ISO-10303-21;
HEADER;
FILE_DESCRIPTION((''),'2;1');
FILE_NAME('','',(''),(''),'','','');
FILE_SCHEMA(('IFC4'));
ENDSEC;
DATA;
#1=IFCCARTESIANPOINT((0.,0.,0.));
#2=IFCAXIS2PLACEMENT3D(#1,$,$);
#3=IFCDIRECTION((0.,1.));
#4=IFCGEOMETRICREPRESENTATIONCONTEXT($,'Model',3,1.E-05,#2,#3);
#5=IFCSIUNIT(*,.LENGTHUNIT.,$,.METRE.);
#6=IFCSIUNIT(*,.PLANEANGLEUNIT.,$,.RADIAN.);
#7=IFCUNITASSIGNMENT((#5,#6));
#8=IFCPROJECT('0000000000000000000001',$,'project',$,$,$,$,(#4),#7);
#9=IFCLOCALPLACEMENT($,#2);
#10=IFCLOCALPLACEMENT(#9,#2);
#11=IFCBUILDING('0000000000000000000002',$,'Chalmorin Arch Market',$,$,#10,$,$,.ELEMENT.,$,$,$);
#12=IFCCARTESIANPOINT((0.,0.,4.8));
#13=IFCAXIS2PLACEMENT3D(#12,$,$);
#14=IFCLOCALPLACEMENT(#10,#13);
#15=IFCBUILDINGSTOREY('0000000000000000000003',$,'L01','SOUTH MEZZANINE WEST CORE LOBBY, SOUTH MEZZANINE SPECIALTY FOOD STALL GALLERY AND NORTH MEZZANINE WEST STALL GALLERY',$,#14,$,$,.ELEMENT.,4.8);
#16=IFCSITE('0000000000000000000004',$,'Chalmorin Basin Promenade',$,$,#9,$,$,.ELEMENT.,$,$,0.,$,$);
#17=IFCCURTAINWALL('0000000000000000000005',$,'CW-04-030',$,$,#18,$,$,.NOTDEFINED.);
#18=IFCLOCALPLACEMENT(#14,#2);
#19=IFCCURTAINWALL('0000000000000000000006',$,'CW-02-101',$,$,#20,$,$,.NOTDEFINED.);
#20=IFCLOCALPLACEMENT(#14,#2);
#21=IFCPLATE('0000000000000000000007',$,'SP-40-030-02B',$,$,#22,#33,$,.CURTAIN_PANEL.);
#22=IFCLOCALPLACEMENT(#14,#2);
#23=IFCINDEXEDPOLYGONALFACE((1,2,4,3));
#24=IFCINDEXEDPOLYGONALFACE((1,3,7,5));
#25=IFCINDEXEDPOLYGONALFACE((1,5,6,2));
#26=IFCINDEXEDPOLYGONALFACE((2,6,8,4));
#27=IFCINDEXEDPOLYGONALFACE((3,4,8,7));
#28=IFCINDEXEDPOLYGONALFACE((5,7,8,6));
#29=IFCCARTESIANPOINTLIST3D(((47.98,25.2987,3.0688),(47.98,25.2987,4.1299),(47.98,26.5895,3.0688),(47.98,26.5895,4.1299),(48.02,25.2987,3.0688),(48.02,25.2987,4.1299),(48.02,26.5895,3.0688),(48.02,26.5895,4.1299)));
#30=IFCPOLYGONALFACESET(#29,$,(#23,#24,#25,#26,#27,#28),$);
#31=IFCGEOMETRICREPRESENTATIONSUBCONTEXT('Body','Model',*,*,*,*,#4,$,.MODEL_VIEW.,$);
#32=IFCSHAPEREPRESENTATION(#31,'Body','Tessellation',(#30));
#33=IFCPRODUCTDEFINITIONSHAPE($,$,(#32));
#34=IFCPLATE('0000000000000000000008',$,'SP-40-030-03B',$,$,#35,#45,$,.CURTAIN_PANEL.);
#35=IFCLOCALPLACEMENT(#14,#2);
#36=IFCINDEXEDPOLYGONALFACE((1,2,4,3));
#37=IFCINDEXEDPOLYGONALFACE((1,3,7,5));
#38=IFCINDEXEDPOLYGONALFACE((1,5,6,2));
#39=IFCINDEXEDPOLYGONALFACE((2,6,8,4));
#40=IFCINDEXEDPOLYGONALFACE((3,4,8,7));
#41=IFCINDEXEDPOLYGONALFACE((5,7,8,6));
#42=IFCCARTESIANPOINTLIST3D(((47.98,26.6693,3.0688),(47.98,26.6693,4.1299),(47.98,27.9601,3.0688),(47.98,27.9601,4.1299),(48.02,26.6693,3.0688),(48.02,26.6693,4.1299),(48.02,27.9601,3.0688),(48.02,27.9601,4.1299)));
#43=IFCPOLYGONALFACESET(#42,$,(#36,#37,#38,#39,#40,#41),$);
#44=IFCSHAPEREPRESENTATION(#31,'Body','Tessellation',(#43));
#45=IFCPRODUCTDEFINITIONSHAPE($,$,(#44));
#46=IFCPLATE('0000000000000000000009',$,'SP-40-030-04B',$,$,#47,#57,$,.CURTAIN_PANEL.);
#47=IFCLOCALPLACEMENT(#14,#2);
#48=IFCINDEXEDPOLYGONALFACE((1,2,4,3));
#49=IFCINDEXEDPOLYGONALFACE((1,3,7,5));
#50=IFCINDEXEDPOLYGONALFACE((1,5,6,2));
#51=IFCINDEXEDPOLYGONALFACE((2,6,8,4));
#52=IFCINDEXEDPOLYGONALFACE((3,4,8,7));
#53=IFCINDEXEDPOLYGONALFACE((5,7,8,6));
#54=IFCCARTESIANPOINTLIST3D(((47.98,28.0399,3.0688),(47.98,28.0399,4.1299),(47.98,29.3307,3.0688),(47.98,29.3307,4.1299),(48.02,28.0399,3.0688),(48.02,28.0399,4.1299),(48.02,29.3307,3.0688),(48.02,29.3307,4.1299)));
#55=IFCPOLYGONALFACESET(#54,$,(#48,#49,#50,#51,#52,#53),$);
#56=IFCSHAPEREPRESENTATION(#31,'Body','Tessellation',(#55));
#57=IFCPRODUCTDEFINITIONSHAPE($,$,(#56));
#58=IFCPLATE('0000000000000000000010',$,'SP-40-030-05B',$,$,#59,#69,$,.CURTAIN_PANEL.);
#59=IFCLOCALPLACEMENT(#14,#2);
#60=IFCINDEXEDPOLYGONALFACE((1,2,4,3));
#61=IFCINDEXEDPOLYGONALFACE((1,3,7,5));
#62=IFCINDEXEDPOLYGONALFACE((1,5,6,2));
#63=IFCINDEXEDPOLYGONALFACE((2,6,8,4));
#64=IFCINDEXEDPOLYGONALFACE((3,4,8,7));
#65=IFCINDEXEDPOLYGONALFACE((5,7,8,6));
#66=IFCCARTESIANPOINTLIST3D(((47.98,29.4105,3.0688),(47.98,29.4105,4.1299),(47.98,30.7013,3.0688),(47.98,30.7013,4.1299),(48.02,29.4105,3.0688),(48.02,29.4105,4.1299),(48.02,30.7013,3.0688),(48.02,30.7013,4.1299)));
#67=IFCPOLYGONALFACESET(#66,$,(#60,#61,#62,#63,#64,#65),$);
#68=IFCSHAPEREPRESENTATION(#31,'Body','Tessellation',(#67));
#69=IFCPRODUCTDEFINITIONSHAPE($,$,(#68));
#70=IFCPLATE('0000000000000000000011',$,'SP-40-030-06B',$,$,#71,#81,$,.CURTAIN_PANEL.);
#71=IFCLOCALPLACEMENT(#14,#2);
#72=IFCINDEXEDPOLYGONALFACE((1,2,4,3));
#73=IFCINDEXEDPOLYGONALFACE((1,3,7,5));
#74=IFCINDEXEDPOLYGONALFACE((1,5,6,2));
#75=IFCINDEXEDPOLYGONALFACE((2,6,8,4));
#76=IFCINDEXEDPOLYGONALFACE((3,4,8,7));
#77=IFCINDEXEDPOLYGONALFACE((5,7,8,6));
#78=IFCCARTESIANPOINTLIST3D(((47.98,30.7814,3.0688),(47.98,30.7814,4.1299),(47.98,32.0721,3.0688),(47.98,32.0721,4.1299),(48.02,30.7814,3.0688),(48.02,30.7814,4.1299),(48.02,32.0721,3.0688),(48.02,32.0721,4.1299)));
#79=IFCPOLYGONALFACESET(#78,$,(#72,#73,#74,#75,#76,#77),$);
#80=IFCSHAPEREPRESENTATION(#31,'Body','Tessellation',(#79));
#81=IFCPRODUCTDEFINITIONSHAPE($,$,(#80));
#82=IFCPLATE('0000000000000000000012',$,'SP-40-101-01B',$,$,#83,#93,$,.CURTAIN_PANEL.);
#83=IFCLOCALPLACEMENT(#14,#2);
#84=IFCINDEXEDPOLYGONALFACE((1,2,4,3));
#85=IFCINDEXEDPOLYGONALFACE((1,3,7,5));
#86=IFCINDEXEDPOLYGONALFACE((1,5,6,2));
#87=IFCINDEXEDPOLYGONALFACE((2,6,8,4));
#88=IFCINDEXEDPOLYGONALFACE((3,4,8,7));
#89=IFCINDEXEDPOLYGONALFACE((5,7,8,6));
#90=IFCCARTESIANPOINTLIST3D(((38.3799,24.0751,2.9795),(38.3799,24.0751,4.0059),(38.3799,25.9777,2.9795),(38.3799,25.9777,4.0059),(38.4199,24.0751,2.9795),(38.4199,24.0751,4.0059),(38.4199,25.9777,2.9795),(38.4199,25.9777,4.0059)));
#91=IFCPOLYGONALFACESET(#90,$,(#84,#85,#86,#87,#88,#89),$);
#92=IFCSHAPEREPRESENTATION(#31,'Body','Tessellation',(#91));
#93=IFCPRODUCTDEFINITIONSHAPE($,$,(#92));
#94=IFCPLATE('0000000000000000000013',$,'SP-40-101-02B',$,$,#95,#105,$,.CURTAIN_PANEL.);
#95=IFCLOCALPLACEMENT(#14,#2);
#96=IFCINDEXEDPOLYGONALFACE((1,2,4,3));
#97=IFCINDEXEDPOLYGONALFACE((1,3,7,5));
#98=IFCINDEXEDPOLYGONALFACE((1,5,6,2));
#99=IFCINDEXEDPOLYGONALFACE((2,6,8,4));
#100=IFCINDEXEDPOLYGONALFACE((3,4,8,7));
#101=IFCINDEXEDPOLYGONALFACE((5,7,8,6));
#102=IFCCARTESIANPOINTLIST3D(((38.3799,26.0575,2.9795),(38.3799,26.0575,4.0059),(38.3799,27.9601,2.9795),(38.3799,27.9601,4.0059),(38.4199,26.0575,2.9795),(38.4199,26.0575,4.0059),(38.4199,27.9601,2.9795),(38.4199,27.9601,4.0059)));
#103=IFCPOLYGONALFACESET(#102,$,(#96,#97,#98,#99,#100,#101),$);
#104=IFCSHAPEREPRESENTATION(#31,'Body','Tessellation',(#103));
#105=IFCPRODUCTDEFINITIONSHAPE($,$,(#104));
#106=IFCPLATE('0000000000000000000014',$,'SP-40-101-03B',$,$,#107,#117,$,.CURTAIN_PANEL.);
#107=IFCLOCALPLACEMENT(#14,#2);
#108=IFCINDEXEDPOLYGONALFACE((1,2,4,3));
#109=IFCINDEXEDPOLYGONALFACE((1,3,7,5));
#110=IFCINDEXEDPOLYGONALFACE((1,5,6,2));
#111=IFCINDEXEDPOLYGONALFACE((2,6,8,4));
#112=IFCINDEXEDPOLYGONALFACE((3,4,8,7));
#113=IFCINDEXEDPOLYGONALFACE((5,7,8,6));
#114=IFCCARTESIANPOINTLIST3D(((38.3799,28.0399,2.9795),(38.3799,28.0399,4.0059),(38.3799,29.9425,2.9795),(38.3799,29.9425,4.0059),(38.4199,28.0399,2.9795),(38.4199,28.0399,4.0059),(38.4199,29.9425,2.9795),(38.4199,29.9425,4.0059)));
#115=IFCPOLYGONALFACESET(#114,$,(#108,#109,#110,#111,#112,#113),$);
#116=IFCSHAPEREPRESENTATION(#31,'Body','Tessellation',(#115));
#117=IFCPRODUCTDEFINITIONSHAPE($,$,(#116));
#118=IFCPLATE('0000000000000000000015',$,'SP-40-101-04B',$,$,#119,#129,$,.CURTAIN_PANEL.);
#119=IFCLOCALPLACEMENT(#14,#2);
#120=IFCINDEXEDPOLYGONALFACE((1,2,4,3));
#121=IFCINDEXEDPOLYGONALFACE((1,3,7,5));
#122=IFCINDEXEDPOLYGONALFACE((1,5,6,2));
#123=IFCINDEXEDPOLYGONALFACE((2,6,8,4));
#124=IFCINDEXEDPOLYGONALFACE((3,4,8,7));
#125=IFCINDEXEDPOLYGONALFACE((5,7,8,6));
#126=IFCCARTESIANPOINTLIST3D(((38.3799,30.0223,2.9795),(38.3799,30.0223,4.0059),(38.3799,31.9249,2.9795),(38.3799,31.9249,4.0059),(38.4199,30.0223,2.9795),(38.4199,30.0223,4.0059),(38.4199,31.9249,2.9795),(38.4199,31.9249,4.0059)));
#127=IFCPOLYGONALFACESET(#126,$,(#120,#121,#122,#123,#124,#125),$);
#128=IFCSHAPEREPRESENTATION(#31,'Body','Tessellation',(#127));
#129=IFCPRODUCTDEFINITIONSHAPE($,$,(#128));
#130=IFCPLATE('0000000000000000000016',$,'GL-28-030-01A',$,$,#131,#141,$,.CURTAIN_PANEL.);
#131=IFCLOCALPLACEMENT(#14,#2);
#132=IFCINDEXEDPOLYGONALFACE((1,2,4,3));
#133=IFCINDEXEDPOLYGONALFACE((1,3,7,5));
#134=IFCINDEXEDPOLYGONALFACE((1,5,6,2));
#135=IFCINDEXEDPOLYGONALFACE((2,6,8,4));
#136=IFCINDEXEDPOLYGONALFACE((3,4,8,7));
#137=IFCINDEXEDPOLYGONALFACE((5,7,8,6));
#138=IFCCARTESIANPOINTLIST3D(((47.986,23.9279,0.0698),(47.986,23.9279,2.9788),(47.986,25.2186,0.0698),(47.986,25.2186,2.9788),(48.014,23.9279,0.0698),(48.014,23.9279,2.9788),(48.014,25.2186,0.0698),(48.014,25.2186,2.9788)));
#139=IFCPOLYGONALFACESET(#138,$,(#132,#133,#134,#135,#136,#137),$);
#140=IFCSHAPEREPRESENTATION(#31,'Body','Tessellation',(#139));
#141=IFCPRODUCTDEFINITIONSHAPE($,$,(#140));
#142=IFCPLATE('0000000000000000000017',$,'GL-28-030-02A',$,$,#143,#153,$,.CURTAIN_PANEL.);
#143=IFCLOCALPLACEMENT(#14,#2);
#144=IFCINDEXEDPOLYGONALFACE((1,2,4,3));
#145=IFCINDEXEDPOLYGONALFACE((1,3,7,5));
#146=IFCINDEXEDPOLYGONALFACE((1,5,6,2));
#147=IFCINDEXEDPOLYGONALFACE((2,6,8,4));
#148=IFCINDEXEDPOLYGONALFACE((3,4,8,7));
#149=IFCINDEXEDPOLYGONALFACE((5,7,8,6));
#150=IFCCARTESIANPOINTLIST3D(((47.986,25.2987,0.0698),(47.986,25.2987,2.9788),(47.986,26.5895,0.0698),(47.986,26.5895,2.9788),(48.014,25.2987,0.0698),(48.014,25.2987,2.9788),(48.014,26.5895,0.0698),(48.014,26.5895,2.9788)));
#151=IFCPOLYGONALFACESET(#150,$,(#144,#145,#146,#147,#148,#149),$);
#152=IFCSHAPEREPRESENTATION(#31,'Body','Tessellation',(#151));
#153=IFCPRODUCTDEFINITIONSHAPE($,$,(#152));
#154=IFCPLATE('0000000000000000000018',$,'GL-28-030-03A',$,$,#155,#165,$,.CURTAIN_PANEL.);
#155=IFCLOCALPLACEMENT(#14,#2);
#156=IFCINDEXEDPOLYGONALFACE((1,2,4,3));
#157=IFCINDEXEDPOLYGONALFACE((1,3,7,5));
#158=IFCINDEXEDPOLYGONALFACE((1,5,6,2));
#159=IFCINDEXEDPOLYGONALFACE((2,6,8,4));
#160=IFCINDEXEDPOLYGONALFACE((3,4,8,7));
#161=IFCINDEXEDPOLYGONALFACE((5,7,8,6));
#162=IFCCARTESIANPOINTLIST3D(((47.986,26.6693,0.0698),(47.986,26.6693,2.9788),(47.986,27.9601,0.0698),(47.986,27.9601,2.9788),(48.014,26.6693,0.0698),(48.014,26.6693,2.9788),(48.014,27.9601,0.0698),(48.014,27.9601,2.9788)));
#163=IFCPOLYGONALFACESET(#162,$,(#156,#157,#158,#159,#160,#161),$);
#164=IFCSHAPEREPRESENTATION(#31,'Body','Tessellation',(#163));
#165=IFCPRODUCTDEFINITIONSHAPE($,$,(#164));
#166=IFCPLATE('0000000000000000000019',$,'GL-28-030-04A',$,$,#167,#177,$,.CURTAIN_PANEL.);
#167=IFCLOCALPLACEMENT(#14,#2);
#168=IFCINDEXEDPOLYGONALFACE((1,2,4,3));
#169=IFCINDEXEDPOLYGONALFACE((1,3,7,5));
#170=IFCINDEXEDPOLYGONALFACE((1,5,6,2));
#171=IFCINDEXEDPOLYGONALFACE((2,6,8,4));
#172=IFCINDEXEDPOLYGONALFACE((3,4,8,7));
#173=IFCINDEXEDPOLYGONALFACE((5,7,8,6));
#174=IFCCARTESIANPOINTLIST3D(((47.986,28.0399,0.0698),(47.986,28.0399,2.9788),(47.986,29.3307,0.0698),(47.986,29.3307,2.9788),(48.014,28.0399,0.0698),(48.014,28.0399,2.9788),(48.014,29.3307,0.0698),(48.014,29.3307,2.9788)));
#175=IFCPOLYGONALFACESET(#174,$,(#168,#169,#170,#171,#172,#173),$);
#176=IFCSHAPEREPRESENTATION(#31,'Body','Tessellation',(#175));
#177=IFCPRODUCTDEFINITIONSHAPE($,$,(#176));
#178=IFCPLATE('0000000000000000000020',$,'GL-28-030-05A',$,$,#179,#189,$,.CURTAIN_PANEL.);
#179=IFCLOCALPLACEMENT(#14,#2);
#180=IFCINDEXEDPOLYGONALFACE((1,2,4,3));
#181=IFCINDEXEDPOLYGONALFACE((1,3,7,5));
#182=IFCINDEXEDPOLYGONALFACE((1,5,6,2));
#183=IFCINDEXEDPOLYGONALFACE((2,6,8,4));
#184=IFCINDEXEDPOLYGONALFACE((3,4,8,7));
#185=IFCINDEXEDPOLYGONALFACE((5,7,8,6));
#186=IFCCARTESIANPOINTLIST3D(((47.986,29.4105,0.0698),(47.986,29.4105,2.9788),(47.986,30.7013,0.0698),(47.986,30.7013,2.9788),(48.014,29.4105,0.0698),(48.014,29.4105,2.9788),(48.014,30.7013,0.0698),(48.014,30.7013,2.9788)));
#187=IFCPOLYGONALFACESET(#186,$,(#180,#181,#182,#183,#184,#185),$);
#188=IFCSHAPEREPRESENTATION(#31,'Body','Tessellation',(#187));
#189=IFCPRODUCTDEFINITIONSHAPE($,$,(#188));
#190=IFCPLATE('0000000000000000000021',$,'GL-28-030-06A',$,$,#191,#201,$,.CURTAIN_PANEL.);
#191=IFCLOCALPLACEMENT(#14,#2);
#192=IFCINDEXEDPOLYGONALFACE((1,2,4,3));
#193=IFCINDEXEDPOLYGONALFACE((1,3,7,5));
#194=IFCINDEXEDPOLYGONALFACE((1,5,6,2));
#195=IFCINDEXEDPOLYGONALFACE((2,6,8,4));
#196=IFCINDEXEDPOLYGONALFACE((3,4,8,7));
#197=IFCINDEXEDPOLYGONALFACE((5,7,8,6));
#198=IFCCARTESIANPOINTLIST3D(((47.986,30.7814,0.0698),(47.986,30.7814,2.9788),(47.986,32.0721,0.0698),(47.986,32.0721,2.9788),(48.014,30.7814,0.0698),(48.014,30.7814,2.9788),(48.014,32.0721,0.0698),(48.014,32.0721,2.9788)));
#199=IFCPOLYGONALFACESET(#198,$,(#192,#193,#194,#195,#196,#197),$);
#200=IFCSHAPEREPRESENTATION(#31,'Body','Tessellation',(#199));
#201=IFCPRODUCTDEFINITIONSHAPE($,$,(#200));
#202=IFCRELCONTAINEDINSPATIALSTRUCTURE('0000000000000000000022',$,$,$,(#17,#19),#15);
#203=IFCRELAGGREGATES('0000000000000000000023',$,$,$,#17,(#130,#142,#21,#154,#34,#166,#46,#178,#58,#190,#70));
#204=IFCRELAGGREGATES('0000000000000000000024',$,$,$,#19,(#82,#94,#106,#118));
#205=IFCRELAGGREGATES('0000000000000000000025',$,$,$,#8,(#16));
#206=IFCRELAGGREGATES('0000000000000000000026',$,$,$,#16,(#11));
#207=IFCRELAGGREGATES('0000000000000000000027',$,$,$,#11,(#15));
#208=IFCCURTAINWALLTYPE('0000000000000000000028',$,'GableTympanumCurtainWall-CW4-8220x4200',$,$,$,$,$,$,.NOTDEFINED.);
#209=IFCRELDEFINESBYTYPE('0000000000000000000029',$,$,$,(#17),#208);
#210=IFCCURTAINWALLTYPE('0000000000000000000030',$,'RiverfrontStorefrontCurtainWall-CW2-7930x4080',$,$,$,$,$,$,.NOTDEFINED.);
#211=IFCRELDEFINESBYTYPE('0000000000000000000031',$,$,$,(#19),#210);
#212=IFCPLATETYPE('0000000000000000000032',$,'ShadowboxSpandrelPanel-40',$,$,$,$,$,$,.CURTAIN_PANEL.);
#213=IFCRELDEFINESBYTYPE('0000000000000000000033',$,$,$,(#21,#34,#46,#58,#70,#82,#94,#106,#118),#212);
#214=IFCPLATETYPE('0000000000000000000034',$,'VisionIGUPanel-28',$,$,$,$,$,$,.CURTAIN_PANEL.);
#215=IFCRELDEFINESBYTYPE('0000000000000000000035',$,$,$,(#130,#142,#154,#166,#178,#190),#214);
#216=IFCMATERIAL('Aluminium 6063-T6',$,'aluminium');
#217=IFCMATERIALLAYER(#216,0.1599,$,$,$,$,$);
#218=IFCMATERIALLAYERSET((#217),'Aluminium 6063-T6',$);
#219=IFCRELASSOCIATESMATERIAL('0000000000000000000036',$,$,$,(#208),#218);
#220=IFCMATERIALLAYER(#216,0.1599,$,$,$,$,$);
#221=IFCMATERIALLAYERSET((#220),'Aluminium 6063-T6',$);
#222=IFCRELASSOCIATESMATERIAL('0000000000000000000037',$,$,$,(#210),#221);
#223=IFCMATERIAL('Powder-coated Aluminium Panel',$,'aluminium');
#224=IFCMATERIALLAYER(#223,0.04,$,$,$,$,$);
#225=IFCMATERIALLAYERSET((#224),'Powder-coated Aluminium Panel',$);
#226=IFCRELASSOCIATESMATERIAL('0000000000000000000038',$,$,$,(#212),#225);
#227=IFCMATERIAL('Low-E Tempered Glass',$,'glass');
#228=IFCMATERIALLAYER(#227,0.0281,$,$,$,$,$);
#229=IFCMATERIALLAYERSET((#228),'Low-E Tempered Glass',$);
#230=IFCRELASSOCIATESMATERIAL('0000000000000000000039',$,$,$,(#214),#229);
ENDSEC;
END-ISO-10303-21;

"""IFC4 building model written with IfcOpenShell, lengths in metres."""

from ifc_helpers import new_model, si_unit, direction, frame, origin, origin_2d, place, context, subcontext, project, spatial, rectangle, extrude, material, layer, layer_set, type_object, element, aggregate, save


model = new_model("IFC4")

# Units and contexts
model_context = context("Model", 3, precision=1e-05, world=origin(), true_north=direction((0.0, 1.0)))
body_context = subcontext(model_context, "Body", "Model", "MODEL_VIEW")
ifc_project = project(units=[si_unit("LENGTHUNIT", "METRE"), si_unit("PLANEANGLEUNIT", "RADIAN")], contexts=[model_context])

# Site, building, storey
site_placement = place(None, origin())
site = spatial("IfcSite", under=ifc_project, at=site_placement, Name="Chalmorin Basin Promenade", CompositionType="ELEMENT", RefElevation=0.0)
building_placement = place(site_placement, origin())
building = spatial("IfcBuilding", under=site, at=building_placement, Name="Chalmorin Arch Market", CompositionType="ELEMENT")
storey_placement = place(building_placement, frame((0.0, 0.0, 4.8)))
storey = spatial("IfcBuildingStorey", under=building, at=storey_placement, Name="L01", Description="SOUTH MEZZANINE WEST CORE LOBBY, SOUTH MEZZANINE SPECIALTY FOOD STALL GALLERY AND NORTH MEZZANINE WEST STALL GALLERY", CompositionType="ELEMENT", Elevation=4.8)

# Curtain walls
ifc_material_1 = material(Name="Aluminium 6063-T6", Category="aluminium")
ifc_layer_1 = layer(ifc_material_1, 0.1599)
ifc_layer_set_1 = layer_set([ifc_layer_1], Name="Aluminium 6063-T6")
curtain_wall_type_1 = type_object("IfcCurtainWallType", Name="GableTympanumCurtainWall-CW4-8220x4200", PredefinedType="NOTDEFINED", material=ifc_layer_set_1)
curtain_wall_1_placement = place(storey_placement, origin())
curtain_wall_1 = element("IfcCurtainWall", 1, at=curtain_wall_1_placement, inside=storey, type_object=curtain_wall_type_1, Name="CW-04-030", PredefinedType="NOTDEFINED")
ifc_layer_2 = layer(ifc_material_1, 0.1599)
ifc_layer_set_2 = layer_set([ifc_layer_2], Name="Aluminium 6063-T6")
curtain_wall_type_2 = type_object("IfcCurtainWallType", Name="RiverfrontStorefrontCurtainWall-CW2-7930x4080", PredefinedType="NOTDEFINED", material=ifc_layer_set_2)
curtain_wall_2_placement = place(storey_placement, origin())
curtain_wall_2 = element("IfcCurtainWall", 2, at=curtain_wall_2_placement, inside=storey, type_object=curtain_wall_type_2, Name="CW-02-101", PredefinedType="NOTDEFINED")

# Plates
ifc_material_2 = material(Name="Powder-coated Aluminium Panel", Category="aluminium")
ifc_layer_3 = layer(ifc_material_2, 0.04)
ifc_layer_set_3 = layer_set([ifc_layer_3], Name="Powder-coated Aluminium Panel")
plate_type_1 = type_object("IfcPlateType", Name="ShadowboxSpandrelPanel-40", PredefinedType="CURTAIN_PANEL", material=ifc_layer_set_3)
plate_1_placement = place(storey_placement, frame((48.0, 25.9441, 3.0688), z_axis=(0.0, 0.0, 1.0), x_axis=(0.0, 1.0, 0.0)))
plate_1 = element("IfcPlate", 3, at=plate_1_placement, type_object=plate_type_1, Name="SP-40-030-02B", PredefinedType="CURTAIN_PANEL", context=body_context, shape_type="SweptSolid", body=[
    extrude(rectangle(XDim=1.2908, YDim=0.04, at=origin_2d()), origin(), (0.0, 0.0, 1.0), 1.061),
])
plate_2_placement = place(storey_placement, frame((48.0, 27.3147, 3.0688), z_axis=(0.0, 0.0, 1.0), x_axis=(0.0, 1.0, 0.0)))
plate_2 = element("IfcPlate", 4, at=plate_2_placement, type_object=plate_type_1, Name="SP-40-030-03B", PredefinedType="CURTAIN_PANEL", context=body_context, shape_type="SweptSolid", body=[
    extrude(rectangle(XDim=1.2908, YDim=0.04, at=origin_2d()), origin(), (0.0, 0.0, 1.0), 1.061),
])
plate_3_placement = place(storey_placement, frame((48.0, 28.6853, 3.0688), z_axis=(0.0, 0.0, 1.0), x_axis=(0.0, 1.0, 0.0)))
plate_3 = element("IfcPlate", 5, at=plate_3_placement, type_object=plate_type_1, Name="SP-40-030-04B", PredefinedType="CURTAIN_PANEL", context=body_context, shape_type="SweptSolid", body=[
    extrude(rectangle(XDim=1.2908, YDim=0.04, at=origin_2d()), origin(), (0.0, 0.0, 1.0), 1.061),
])
plate_4_placement = place(storey_placement, frame((48.0, 30.0559, 3.0688), z_axis=(0.0, 0.0, 1.0), x_axis=(0.0, 1.0, 0.0)))
plate_4 = element("IfcPlate", 6, at=plate_4_placement, type_object=plate_type_1, Name="SP-40-030-05B", PredefinedType="CURTAIN_PANEL", context=body_context, shape_type="SweptSolid", body=[
    extrude(rectangle(XDim=1.2908, YDim=0.04, at=origin_2d()), origin(), (0.0, 0.0, 1.0), 1.061),
])
plate_5_placement = place(storey_placement, frame((48.0, 31.4268, 3.0688), z_axis=(0.0, 0.0, 1.0), x_axis=(0.0, 1.0, 0.0)))
plate_5 = element("IfcPlate", 7, at=plate_5_placement, type_object=plate_type_1, Name="SP-40-030-06B", PredefinedType="CURTAIN_PANEL", context=body_context, shape_type="SweptSolid", body=[
    extrude(rectangle(XDim=1.2908, YDim=0.04, at=origin_2d()), origin(), (0.0, 0.0, 1.0), 1.061),
])
plate_6_placement = place(storey_placement, frame((38.3999, 25.0264, 2.9795), z_axis=(0.0, 0.0, 1.0), x_axis=(0.0, 1.0, 0.0)))
plate_6 = element("IfcPlate", 8, at=plate_6_placement, type_object=plate_type_1, Name="SP-40-101-01B", PredefinedType="CURTAIN_PANEL", context=body_context, shape_type="SweptSolid", body=[
    extrude(rectangle(XDim=1.9026, YDim=0.04, at=origin_2d()), origin(), (0.0, 0.0, 1.0), 1.0264),
])
plate_7_placement = place(storey_placement, frame((38.3999, 27.0088, 2.9795), z_axis=(0.0, 0.0, 1.0), x_axis=(0.0, 1.0, 0.0)))
plate_7 = element("IfcPlate", 9, at=plate_7_placement, type_object=plate_type_1, Name="SP-40-101-02B", PredefinedType="CURTAIN_PANEL", context=body_context, shape_type="SweptSolid", body=[
    extrude(rectangle(XDim=1.9026, YDim=0.04, at=origin_2d()), origin(), (0.0, 0.0, 1.0), 1.0264),
])
plate_8_placement = place(storey_placement, frame((38.3999, 28.9912, 2.9795), z_axis=(0.0, 0.0, 1.0), x_axis=(0.0, 1.0, 0.0)))
plate_8 = element("IfcPlate", 10, at=plate_8_placement, type_object=plate_type_1, Name="SP-40-101-03B", PredefinedType="CURTAIN_PANEL", context=body_context, shape_type="SweptSolid", body=[
    extrude(rectangle(XDim=1.9026, YDim=0.04, at=origin_2d()), origin(), (0.0, 0.0, 1.0), 1.0264),
])
plate_9_placement = place(storey_placement, frame((38.3999, 30.9736, 2.9795), z_axis=(0.0, 0.0, 1.0), x_axis=(0.0, 1.0, 0.0)))
plate_9 = element("IfcPlate", 11, at=plate_9_placement, type_object=plate_type_1, Name="SP-40-101-04B", PredefinedType="CURTAIN_PANEL", context=body_context, shape_type="SweptSolid", body=[
    extrude(rectangle(XDim=1.9026, YDim=0.04, at=origin_2d()), origin(), (0.0, 0.0, 1.0), 1.0264),
])
ifc_material_3 = material(Name="Low-E Tempered Glass", Category="glass")
ifc_layer_4 = layer(ifc_material_3, 0.0281)
ifc_layer_set_4 = layer_set([ifc_layer_4], Name="Low-E Tempered Glass")
plate_type_2 = type_object("IfcPlateType", Name="VisionIGUPanel-28", PredefinedType="CURTAIN_PANEL", material=ifc_layer_set_4)
plate_10_placement = place(storey_placement, frame((48.0, 24.5732, 0.0698), z_axis=(0.0, 0.0, 1.0), x_axis=(0.0, 1.0, 0.0)))
plate_10 = element("IfcPlate", 12, at=plate_10_placement, type_object=plate_type_2, Name="GL-28-030-01A", PredefinedType="CURTAIN_PANEL", context=body_context, shape_type="SweptSolid", body=[
    extrude(rectangle(XDim=1.2908, YDim=0.0281, at=origin_2d()), origin(), (0.0, 0.0, 1.0), 2.9089),
])
plate_11_placement = place(storey_placement, frame((48.0, 25.9441, 0.0698), z_axis=(0.0, 0.0, 1.0), x_axis=(0.0, 1.0, 0.0)))
plate_11 = element("IfcPlate", 13, at=plate_11_placement, type_object=plate_type_2, Name="GL-28-030-02A", PredefinedType="CURTAIN_PANEL", context=body_context, shape_type="SweptSolid", body=[
    extrude(rectangle(XDim=1.2908, YDim=0.0281, at=origin_2d()), origin(), (0.0, 0.0, 1.0), 2.9089),
])
plate_12_placement = place(storey_placement, frame((48.0, 27.3147, 0.0698), z_axis=(0.0, 0.0, 1.0), x_axis=(0.0, 1.0, 0.0)))
plate_12 = element("IfcPlate", 14, at=plate_12_placement, type_object=plate_type_2, Name="GL-28-030-03A", PredefinedType="CURTAIN_PANEL", context=body_context, shape_type="SweptSolid", body=[
    extrude(rectangle(XDim=1.2908, YDim=0.0281, at=origin_2d()), origin(), (0.0, 0.0, 1.0), 2.9089),
])
plate_13_placement = place(storey_placement, frame((48.0, 28.6853, 0.0698), z_axis=(0.0, 0.0, 1.0), x_axis=(0.0, 1.0, 0.0)))
plate_13 = element("IfcPlate", 15, at=plate_13_placement, type_object=plate_type_2, Name="GL-28-030-04A", PredefinedType="CURTAIN_PANEL", context=body_context, shape_type="SweptSolid", body=[
    extrude(rectangle(XDim=1.2908, YDim=0.0281, at=origin_2d()), origin(), (0.0, 0.0, 1.0), 2.9089),
])
plate_14_placement = place(storey_placement, frame((48.0, 30.0559, 0.0698), z_axis=(0.0, 0.0, 1.0), x_axis=(0.0, 1.0, 0.0)))
plate_14 = element("IfcPlate", 16, at=plate_14_placement, type_object=plate_type_2, Name="GL-28-030-05A", PredefinedType="CURTAIN_PANEL", context=body_context, shape_type="SweptSolid", body=[
    extrude(rectangle(XDim=1.2908, YDim=0.0281, at=origin_2d()), origin(), (0.0, 0.0, 1.0), 2.9089),
])
plate_15_placement = place(storey_placement, frame((48.0, 31.4268, 0.0698), z_axis=(0.0, 0.0, 1.0), x_axis=(0.0, 1.0, 0.0)))
plate_15 = element("IfcPlate", 17, at=plate_15_placement, type_object=plate_type_2, Name="GL-28-030-06A", PredefinedType="CURTAIN_PANEL", context=body_context, shape_type="SweptSolid", body=[
    extrude(rectangle(XDim=1.2908, YDim=0.0281, at=origin_2d()), origin(), (0.0, 0.0, 1.0), 2.9089),
])
aggregate(curtain_wall_1, [plate_10, plate_11, plate_1, plate_12, plate_2, plate_13, plate_3, plate_14, plate_4, plate_15, plate_5])
aggregate(curtain_wall_2, [plate_6, plate_7, plate_8, plate_9])

save(model, "model.ifc")
